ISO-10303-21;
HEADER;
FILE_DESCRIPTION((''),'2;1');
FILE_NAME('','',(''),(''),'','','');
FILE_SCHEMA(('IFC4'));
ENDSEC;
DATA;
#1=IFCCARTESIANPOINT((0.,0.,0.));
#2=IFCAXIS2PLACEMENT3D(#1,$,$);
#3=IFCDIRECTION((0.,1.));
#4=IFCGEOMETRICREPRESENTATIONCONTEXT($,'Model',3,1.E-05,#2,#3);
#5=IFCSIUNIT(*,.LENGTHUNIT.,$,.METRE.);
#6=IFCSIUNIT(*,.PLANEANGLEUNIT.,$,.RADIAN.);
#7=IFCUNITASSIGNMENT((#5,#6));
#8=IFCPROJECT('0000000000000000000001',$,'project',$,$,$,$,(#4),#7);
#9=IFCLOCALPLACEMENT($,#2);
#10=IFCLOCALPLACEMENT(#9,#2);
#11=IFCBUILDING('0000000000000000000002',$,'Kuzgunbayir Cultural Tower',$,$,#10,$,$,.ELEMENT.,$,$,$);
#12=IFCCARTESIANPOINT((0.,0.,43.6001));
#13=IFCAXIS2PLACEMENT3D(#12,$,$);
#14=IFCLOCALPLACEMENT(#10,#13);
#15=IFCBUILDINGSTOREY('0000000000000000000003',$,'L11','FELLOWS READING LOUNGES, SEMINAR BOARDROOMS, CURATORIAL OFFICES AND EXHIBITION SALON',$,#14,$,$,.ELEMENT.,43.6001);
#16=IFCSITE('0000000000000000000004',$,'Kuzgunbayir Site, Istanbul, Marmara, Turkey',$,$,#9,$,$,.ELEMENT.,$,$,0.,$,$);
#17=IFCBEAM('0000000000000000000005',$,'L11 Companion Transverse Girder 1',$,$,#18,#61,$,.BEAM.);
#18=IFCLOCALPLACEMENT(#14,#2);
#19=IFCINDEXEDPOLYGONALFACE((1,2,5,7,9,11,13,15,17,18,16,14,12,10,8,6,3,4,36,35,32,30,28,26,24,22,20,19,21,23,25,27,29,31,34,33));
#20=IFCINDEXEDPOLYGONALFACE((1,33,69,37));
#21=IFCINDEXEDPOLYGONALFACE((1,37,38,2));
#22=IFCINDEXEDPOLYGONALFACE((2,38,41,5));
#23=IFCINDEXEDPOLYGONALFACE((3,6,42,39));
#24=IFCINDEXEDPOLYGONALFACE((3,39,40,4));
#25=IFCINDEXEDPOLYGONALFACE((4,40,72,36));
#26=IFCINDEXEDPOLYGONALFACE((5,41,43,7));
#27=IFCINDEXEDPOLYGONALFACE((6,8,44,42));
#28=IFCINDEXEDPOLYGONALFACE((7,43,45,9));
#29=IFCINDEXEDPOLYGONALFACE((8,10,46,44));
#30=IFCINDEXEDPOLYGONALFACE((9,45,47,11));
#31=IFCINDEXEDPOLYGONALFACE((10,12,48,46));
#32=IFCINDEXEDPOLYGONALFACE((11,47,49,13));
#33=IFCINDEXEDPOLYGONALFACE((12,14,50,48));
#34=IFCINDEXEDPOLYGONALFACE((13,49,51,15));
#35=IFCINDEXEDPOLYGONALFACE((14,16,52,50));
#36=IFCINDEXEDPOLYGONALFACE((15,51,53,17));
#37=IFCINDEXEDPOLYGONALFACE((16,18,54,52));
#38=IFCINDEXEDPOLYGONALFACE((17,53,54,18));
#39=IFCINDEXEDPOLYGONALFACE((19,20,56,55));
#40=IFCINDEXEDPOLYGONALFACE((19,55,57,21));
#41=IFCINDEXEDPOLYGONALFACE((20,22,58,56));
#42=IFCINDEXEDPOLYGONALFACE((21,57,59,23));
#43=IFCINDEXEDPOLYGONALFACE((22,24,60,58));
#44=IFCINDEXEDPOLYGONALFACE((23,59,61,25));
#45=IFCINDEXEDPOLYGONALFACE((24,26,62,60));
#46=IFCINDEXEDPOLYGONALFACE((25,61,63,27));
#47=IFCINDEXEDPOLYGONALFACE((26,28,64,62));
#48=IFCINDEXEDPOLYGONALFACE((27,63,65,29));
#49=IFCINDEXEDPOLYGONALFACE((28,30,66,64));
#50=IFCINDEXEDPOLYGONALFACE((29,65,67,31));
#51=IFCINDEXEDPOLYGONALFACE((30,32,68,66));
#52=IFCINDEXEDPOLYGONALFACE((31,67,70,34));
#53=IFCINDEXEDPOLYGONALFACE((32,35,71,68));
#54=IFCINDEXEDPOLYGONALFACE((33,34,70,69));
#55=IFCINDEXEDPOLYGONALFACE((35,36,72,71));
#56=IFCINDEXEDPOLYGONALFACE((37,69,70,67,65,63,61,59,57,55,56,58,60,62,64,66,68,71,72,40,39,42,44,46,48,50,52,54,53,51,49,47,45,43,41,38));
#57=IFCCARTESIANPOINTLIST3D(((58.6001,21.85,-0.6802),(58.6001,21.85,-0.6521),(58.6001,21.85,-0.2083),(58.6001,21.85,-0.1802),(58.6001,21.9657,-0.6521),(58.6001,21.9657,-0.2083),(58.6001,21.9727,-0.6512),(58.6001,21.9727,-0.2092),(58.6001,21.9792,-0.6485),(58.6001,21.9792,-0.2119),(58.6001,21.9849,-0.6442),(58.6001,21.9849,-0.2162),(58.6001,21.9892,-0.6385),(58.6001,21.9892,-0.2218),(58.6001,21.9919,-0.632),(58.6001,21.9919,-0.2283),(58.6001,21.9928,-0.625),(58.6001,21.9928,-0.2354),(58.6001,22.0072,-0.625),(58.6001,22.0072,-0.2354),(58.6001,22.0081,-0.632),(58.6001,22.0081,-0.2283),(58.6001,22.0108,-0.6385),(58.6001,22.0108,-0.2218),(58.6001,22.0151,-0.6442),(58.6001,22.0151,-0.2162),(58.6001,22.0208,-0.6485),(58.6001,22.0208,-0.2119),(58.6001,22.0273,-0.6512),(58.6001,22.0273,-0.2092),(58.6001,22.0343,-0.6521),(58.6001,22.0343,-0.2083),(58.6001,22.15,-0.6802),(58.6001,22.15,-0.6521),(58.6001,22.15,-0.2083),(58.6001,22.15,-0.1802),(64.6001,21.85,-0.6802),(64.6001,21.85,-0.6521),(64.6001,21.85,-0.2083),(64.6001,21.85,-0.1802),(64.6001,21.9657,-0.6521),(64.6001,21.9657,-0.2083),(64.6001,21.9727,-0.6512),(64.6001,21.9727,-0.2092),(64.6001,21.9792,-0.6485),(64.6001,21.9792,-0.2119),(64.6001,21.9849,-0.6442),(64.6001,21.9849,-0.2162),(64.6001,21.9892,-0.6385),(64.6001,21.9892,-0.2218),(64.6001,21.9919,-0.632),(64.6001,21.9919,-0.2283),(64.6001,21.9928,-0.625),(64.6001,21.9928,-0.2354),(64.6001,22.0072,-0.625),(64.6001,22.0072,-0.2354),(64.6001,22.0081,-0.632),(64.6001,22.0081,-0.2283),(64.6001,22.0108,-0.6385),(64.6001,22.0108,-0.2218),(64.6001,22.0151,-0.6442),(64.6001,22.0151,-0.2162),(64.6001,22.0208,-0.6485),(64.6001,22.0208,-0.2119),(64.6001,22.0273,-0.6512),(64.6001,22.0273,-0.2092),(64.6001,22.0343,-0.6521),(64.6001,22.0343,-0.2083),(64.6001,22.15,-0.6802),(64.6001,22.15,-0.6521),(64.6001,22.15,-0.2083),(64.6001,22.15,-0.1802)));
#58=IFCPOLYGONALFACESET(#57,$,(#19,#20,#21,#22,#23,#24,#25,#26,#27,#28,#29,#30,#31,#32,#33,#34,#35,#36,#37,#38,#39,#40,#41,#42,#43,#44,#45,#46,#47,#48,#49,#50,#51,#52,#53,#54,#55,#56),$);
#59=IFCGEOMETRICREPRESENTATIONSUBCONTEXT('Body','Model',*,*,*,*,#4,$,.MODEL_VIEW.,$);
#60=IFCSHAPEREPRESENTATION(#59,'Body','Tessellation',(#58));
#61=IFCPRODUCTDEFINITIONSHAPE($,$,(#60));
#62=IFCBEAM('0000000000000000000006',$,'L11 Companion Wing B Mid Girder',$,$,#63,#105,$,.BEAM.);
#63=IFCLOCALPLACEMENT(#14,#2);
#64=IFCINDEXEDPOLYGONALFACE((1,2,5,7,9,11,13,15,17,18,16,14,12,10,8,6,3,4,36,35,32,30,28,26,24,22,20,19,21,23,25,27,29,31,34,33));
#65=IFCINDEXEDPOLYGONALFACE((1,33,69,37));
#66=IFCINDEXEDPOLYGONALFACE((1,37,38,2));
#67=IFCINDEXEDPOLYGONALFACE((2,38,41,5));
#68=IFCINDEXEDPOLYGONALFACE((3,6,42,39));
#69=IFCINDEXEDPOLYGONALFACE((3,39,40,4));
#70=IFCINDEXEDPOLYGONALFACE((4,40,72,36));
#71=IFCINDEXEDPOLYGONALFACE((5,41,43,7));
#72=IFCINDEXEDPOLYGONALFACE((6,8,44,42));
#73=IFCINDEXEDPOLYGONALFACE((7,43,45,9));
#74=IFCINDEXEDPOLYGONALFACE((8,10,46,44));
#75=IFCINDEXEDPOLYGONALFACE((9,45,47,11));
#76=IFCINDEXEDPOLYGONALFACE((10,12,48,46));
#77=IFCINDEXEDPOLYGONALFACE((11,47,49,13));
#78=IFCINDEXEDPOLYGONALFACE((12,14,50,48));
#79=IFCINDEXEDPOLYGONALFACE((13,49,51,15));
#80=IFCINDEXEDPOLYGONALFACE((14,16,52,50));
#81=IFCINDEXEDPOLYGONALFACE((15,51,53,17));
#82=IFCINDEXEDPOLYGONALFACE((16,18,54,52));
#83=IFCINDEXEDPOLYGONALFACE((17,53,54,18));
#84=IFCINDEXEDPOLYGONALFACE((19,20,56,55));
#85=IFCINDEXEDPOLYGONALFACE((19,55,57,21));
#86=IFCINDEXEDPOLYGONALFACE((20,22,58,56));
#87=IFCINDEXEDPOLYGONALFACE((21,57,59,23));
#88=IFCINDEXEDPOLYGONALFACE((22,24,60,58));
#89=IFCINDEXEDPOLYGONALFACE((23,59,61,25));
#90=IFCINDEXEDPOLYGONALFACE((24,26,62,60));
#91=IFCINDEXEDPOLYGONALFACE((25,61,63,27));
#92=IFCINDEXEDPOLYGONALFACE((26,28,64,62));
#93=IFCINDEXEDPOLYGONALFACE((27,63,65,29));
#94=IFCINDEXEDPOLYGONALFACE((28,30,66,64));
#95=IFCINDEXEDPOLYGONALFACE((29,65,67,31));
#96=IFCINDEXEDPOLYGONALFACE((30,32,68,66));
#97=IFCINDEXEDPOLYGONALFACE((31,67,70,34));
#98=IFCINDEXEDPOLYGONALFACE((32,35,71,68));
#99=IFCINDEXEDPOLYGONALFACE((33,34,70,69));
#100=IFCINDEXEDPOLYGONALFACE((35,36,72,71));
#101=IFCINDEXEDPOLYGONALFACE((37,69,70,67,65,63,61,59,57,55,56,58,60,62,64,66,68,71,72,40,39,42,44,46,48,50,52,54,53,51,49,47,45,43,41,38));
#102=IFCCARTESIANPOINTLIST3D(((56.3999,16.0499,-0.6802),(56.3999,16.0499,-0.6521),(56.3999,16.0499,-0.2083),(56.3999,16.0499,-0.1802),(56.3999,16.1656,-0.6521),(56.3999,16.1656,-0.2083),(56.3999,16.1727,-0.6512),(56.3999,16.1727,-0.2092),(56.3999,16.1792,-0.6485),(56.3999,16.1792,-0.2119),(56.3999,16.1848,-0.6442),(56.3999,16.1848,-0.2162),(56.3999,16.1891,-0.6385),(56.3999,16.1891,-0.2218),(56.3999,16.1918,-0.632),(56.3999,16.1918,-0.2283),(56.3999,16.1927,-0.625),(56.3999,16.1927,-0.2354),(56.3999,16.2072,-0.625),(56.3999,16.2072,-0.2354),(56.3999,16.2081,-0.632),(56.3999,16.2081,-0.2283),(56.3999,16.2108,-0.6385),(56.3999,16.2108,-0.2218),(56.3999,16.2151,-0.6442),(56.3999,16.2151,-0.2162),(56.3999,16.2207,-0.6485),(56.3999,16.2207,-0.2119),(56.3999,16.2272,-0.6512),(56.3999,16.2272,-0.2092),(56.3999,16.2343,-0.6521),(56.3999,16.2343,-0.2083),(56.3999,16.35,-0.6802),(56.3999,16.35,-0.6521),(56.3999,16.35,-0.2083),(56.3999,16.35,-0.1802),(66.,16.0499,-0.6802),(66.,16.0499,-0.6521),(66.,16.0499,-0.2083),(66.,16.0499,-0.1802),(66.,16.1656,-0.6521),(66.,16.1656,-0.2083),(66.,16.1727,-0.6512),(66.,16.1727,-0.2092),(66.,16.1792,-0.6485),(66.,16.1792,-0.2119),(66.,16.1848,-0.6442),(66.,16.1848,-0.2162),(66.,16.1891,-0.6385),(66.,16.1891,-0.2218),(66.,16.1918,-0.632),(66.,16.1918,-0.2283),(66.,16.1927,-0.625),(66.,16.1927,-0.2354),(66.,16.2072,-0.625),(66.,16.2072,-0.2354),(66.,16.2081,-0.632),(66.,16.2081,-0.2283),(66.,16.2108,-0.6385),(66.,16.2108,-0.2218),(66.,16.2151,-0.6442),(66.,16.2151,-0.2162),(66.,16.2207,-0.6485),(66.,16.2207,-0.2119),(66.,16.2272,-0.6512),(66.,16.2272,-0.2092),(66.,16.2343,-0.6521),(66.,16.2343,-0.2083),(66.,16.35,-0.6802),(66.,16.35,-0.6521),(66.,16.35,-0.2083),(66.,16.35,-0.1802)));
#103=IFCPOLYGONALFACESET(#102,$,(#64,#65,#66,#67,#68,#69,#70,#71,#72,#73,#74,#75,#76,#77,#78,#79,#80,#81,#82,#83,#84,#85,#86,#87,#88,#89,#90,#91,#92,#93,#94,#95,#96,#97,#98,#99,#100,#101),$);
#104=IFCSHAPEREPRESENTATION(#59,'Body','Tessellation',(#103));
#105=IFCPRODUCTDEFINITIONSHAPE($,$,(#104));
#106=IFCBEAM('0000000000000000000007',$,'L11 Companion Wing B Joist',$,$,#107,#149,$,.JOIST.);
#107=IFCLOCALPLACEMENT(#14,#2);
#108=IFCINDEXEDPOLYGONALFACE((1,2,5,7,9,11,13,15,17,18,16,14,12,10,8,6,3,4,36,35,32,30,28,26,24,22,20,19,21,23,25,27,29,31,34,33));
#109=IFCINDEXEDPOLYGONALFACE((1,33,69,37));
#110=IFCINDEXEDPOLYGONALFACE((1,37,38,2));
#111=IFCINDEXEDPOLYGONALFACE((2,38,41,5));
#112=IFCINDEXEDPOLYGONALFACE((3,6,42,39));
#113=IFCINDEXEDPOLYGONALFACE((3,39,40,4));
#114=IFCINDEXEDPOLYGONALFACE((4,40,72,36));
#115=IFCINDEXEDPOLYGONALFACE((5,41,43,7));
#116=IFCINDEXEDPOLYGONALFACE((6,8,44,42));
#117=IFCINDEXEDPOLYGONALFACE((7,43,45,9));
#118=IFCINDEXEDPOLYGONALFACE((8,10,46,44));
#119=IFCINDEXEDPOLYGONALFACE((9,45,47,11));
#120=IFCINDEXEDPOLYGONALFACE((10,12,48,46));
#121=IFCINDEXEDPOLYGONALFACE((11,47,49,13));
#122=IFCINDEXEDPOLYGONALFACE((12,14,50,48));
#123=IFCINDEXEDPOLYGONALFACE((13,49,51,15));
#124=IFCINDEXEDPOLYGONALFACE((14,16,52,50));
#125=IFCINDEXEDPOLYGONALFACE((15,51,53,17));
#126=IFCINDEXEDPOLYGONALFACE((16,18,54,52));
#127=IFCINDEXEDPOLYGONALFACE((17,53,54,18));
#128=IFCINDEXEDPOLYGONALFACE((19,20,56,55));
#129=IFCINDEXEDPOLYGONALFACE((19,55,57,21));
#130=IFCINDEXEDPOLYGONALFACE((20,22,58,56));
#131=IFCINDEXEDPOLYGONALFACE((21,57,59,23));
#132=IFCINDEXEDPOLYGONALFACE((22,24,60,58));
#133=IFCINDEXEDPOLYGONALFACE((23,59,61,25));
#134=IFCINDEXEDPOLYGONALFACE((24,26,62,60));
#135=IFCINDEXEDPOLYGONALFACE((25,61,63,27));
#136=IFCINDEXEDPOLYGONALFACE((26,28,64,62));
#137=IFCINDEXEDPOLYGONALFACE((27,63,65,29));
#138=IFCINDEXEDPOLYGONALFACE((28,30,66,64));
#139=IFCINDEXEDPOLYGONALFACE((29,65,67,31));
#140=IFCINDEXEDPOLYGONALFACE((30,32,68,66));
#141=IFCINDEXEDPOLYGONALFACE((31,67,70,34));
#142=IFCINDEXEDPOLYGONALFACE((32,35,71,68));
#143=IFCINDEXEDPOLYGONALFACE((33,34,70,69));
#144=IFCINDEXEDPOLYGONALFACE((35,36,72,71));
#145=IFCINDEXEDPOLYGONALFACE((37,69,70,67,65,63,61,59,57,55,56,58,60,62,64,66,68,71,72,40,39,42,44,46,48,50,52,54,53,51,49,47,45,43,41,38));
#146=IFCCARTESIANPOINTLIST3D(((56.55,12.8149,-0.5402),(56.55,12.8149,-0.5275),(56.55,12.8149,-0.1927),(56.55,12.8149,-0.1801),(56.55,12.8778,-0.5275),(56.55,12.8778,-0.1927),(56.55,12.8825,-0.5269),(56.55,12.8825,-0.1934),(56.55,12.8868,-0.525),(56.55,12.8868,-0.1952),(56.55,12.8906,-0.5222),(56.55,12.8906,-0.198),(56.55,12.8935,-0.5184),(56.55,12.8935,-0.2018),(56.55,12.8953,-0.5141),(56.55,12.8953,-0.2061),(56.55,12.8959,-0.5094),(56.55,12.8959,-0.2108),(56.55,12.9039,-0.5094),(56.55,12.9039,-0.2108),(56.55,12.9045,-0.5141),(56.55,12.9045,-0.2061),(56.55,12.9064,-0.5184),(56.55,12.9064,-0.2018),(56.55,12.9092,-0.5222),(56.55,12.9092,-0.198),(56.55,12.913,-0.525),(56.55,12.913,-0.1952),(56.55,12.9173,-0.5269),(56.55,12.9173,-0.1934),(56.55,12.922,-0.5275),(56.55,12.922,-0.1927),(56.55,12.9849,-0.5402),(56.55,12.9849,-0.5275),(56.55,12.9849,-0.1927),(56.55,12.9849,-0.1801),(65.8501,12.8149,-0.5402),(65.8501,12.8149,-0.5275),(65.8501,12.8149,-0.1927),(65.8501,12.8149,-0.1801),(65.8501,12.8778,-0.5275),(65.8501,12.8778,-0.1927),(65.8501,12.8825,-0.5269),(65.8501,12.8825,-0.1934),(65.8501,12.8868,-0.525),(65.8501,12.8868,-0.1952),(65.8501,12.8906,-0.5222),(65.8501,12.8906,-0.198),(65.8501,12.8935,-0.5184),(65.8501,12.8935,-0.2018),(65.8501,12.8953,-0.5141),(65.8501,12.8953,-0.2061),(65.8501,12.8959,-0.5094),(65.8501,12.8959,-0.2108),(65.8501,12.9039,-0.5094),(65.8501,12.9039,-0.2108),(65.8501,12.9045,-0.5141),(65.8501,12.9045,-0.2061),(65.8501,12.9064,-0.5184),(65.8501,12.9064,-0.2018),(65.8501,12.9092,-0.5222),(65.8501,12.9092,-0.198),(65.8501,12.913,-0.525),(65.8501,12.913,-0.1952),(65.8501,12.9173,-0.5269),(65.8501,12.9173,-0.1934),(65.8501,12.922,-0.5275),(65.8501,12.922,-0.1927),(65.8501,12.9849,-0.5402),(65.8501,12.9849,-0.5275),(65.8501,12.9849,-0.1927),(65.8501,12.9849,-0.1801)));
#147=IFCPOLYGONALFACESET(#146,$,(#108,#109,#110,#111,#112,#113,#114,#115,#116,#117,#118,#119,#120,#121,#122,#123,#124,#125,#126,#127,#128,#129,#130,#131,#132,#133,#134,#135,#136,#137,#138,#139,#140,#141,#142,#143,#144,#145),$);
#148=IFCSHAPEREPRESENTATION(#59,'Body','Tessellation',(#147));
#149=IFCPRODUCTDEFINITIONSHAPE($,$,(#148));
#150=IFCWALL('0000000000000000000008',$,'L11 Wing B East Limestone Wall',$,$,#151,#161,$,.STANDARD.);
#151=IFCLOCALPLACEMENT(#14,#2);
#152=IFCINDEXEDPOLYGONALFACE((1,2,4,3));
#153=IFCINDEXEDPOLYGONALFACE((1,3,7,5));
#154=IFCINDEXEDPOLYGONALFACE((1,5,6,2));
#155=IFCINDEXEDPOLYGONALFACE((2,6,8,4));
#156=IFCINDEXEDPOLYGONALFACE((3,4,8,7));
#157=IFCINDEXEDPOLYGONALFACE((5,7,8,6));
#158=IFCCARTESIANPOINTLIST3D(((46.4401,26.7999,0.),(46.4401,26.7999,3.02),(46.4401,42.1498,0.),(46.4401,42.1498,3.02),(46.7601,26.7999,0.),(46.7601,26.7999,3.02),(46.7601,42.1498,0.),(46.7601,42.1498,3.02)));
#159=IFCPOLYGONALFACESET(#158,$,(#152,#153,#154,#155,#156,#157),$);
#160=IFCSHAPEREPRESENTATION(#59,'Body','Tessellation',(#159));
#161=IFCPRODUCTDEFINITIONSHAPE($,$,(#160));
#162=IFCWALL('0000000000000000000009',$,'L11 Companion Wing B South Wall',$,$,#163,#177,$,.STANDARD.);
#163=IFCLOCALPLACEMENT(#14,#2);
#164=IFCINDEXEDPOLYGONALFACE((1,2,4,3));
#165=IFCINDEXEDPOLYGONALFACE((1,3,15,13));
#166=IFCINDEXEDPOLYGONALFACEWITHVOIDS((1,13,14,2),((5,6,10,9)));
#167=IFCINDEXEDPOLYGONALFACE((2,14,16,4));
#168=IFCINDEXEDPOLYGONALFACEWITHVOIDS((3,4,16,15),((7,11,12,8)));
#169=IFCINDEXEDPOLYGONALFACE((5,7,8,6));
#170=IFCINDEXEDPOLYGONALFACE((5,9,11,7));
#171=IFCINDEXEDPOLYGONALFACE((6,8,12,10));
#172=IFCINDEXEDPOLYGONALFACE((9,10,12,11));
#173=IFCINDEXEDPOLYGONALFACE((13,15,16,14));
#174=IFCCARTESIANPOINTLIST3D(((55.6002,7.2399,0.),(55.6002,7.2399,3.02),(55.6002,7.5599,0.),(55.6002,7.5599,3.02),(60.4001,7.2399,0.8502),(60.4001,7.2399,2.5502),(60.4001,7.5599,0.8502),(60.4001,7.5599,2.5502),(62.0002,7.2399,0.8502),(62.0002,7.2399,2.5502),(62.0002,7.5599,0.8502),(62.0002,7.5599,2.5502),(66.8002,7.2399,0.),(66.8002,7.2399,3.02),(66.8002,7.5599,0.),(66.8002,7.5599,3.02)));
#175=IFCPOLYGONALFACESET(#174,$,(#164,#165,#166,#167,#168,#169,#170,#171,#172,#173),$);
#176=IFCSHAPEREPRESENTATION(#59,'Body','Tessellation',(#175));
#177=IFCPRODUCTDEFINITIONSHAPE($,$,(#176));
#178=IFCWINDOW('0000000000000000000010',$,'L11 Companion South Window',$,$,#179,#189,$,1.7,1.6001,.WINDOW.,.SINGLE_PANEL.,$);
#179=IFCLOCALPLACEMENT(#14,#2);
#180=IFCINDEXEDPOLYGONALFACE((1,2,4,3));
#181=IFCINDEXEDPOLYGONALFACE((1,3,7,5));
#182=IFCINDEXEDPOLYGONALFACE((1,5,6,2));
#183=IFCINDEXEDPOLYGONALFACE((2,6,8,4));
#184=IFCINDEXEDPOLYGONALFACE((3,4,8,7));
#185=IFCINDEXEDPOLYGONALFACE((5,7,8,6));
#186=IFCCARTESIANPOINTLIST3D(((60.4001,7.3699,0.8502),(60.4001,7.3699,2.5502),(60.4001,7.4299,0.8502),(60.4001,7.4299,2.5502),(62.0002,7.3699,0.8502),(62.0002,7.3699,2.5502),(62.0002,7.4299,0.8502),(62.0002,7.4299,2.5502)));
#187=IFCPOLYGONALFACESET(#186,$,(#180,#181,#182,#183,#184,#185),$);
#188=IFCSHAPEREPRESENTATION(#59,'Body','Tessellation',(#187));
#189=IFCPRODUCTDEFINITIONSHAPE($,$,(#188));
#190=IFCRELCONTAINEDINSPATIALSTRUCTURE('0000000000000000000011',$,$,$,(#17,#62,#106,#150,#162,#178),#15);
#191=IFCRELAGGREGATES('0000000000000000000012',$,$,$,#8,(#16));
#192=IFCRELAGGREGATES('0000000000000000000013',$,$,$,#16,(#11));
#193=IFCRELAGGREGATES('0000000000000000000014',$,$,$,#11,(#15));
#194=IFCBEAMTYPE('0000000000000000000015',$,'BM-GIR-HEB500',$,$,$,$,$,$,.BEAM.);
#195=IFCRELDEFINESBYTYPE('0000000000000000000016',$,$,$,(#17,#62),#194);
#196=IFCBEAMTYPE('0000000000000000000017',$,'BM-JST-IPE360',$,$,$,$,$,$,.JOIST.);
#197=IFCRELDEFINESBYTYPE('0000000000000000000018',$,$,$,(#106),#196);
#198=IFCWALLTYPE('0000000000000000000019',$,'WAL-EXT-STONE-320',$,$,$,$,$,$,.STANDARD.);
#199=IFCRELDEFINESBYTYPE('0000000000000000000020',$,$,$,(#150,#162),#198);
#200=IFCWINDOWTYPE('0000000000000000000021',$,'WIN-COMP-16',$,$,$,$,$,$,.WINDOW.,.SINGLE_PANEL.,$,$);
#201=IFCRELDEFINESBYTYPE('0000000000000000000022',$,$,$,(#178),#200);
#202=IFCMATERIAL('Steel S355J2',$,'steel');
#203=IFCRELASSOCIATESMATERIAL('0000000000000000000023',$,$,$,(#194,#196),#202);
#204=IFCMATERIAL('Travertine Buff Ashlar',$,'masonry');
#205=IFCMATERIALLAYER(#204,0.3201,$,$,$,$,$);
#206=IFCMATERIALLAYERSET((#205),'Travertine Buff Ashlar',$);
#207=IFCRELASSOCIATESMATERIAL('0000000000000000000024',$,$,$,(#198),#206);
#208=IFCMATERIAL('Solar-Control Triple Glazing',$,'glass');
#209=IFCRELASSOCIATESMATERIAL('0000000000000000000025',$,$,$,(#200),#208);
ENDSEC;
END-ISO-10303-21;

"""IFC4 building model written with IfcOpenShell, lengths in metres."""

from ifc_helpers import new_model, si_unit, direction, frame, frame_2d, origin, origin_2d, place, context, subcontext, project, spatial, rectangle, i_section, extrude, material, layer, layer_set, material_profile, profile_set, type_object, element, fill, save


model = new_model("IFC4")

# Units and contexts
model_context = context("Model", 3, precision=1e-05, world=origin(), true_north=direction((0.0, 1.0)))
body_context = subcontext(model_context, "Body", "Model", "MODEL_VIEW")
ifc_project = project(units=[si_unit("LENGTHUNIT", "METRE"), si_unit("PLANEANGLEUNIT", "RADIAN")], contexts=[model_context])

# Site, building, storey
site_placement = place(None, origin())
site = spatial("IfcSite", under=ifc_project, at=site_placement, Name="Kuzgunbayir Site, Istanbul, Marmara, Turkey", CompositionType="ELEMENT", RefElevation=0.0)
building_placement = place(site_placement, origin())
building = spatial("IfcBuilding", under=site, at=building_placement, Name="Kuzgunbayir Cultural Tower", CompositionType="ELEMENT")
storey_placement = place(building_placement, frame((0.0, 0.0, 43.6001)))
storey = spatial("IfcBuildingStorey", under=building, at=storey_placement, Name="L11", Description="FELLOWS READING LOUNGES, SEMINAR BOARDROOMS, CURATORIAL OFFICES AND EXHIBITION SALON", CompositionType="ELEMENT", Elevation=43.6001)

# Beams
ifc_material_1 = material(Name="Steel S355J2", Category="steel")
ifc_material_profile_1 = material_profile(ifc_material_1, i_section(OverallWidth=0.3, OverallDepth=0.5, WebThickness=0.0144, FlangeThickness=0.0281, FilletRadius=0.0271, at=origin_2d()), Name="HEB 500")
ifc_profile_set_1 = profile_set([ifc_material_profile_1], Name="Steel S355J2")
beam_type_1 = type_object("IfcBeamType", Name="BM-GIR-HEB500", PredefinedType="BEAM", material=ifc_profile_set_1)
beam_1_placement = place(storey_placement, frame((58.6001, 22.0, -0.4302), z_axis=(1.0, 0.0, 0.0), x_axis=(0.0, 1.0, 0.0)))
element("IfcBeam", 1, at=beam_1_placement, inside=storey, type_object=beam_type_1, Name="L11 Companion Transverse Girder 1", PredefinedType="BEAM", context=body_context, shape_type="SweptSolid", body=[
    extrude(i_section(OverallWidth=0.3, OverallDepth=0.5, WebThickness=0.0144, FlangeThickness=0.0281, FilletRadius=0.0271, at=origin_2d()), origin(), (0.0, 0.0, 1.0), 6.0),
])
beam_2_placement = place(storey_placement, frame((56.3999, 16.2, -0.4302), z_axis=(1.0, 0.0, 0.0), x_axis=(0.0, 1.0, 0.0)))
element("IfcBeam", 2, at=beam_2_placement, inside=storey, type_object=beam_type_1, Name="L11 Companion Wing B Mid Girder", PredefinedType="BEAM", context=body_context, shape_type="SweptSolid", body=[
    extrude(i_section(OverallWidth=0.3, OverallDepth=0.5, WebThickness=0.0144, FlangeThickness=0.0281, FilletRadius=0.0271, at=origin_2d()), origin(), (0.0, 0.0, 1.0), 9.6001),
])
ifc_material_profile_2 = material_profile(ifc_material_1, i_section(OverallWidth=0.1699, OverallDepth=0.3601, WebThickness=0.0081, FlangeThickness=0.0127, FilletRadius=0.0181, at=origin_2d()), Name="IPE 360")
ifc_profile_set_2 = profile_set([ifc_material_profile_2], Name="Steel S355J2")
beam_type_2 = type_object("IfcBeamType", Name="BM-JST-IPE360", PredefinedType="JOIST", material=ifc_profile_set_2)
beam_3_placement = place(storey_placement, frame((56.55, 12.8999, -0.3601), z_axis=(1.0, 0.0, 0.0), x_axis=(0.0, 1.0, 0.0)))
element("IfcBeam", 3, at=beam_3_placement, inside=storey, type_object=beam_type_2, Name="L11 Companion Wing B Joist", PredefinedType="JOIST", context=body_context, shape_type="SweptSolid", body=[
    extrude(i_section(OverallWidth=0.1699, OverallDepth=0.3601, WebThickness=0.0081, FlangeThickness=0.0127, FilletRadius=0.0181, at=origin_2d()), origin(), (0.0, 0.0, 1.0), 9.3),
])

# Wall
ifc_material_2 = material(Name="Travertine Buff Ashlar", Category="masonry")
ifc_layer_1 = layer(ifc_material_2, 0.3201)
ifc_layer_set_1 = layer_set([ifc_layer_1], Name="Travertine Buff Ashlar")
wall_type_1 = type_object("IfcWallType", Name="WAL-EXT-STONE-320", PredefinedType="STANDARD", material=ifc_layer_set_1)
wall_1_placement = place(storey_placement, frame((46.6001, 26.8, 0.0), z_axis=(0.0, 0.0, 1.0), x_axis=(0.0, 1.0, 0.0)))
element("IfcWall", 4, at=wall_1_placement, inside=storey, type_object=wall_type_1, Name="L11 Wing B East Limestone Wall", PredefinedType="STANDARD", context=body_context, shape_type="SweptSolid", body=[
    extrude(rectangle(XDim=15.3499, YDim=0.3201, at=frame_2d((7.6748, 0.0))), origin(), (0.0, 0.0, 1.0), 3.02),
])

# Wall, opening, window
wall_2_placement = place(storey_placement, frame((55.6001, 7.3999, 0.0), z_axis=(0.0, 0.0, 1.0), x_axis=(1.0, 0.0, 0.0)))
wall_2 = element("IfcWall", 5, at=wall_2_placement, inside=storey, type_object=wall_type_1, Name="L11 Companion Wing B South Wall", PredefinedType="STANDARD", context=body_context, shape_type="SweptSolid", body=[
    extrude(rectangle(XDim=11.2, YDim=0.3201, at=frame_2d((5.6001, 0.0))), origin(), (0.0, 0.0, 1.0), 3.02),
])
opening_1_placement = place(wall_2_placement, frame((4.8, 0.0, 0.8501)))
opening_1 = element("IfcOpeningElement", 6, at=opening_1_placement, cuts=wall_2, PredefinedType="OPENING", context=body_context, shape_type="SweptSolid", body=[
    extrude(rectangle(XDim=1.6001, YDim=1.7, at=frame_2d((0.8, 0.8501))), frame((0.0, 0.1699, 0.0), z_axis=(0.0, -1.0, 0.0), x_axis=(1.0, 0.0, 0.0)), (0.0, 0.0, 1.0), 0.3401),
])
ifc_material_3 = material(Name="Solar-Control Triple Glazing", Category="glass")
window_type = type_object("IfcWindowType", Name="WIN-COMP-16", PartitioningType="SINGLE_PANEL", PredefinedType="WINDOW", material=ifc_material_3)
window_placement = place(opening_1_placement, origin())
window = element("IfcWindow", 7, at=window_placement, inside=storey, type_object=window_type, Name="L11 Companion South Window", OverallHeight=1.7, OverallWidth=1.6001, PartitioningType="SINGLE_PANEL", PredefinedType="WINDOW", context=body_context, shape_type="SweptSolid", body=[
    extrude(rectangle(XDim=1.6001, YDim=1.7, at=frame_2d((0.8, 0.8501))), frame((0.0, 0.03, 0.0), z_axis=(0.0, -1.0, 0.0), x_axis=(1.0, 0.0, 0.0)), (0.0, 0.0, 1.0), 0.0601),
])
fill(opening_1, window)

save(model, "model.ifc")
